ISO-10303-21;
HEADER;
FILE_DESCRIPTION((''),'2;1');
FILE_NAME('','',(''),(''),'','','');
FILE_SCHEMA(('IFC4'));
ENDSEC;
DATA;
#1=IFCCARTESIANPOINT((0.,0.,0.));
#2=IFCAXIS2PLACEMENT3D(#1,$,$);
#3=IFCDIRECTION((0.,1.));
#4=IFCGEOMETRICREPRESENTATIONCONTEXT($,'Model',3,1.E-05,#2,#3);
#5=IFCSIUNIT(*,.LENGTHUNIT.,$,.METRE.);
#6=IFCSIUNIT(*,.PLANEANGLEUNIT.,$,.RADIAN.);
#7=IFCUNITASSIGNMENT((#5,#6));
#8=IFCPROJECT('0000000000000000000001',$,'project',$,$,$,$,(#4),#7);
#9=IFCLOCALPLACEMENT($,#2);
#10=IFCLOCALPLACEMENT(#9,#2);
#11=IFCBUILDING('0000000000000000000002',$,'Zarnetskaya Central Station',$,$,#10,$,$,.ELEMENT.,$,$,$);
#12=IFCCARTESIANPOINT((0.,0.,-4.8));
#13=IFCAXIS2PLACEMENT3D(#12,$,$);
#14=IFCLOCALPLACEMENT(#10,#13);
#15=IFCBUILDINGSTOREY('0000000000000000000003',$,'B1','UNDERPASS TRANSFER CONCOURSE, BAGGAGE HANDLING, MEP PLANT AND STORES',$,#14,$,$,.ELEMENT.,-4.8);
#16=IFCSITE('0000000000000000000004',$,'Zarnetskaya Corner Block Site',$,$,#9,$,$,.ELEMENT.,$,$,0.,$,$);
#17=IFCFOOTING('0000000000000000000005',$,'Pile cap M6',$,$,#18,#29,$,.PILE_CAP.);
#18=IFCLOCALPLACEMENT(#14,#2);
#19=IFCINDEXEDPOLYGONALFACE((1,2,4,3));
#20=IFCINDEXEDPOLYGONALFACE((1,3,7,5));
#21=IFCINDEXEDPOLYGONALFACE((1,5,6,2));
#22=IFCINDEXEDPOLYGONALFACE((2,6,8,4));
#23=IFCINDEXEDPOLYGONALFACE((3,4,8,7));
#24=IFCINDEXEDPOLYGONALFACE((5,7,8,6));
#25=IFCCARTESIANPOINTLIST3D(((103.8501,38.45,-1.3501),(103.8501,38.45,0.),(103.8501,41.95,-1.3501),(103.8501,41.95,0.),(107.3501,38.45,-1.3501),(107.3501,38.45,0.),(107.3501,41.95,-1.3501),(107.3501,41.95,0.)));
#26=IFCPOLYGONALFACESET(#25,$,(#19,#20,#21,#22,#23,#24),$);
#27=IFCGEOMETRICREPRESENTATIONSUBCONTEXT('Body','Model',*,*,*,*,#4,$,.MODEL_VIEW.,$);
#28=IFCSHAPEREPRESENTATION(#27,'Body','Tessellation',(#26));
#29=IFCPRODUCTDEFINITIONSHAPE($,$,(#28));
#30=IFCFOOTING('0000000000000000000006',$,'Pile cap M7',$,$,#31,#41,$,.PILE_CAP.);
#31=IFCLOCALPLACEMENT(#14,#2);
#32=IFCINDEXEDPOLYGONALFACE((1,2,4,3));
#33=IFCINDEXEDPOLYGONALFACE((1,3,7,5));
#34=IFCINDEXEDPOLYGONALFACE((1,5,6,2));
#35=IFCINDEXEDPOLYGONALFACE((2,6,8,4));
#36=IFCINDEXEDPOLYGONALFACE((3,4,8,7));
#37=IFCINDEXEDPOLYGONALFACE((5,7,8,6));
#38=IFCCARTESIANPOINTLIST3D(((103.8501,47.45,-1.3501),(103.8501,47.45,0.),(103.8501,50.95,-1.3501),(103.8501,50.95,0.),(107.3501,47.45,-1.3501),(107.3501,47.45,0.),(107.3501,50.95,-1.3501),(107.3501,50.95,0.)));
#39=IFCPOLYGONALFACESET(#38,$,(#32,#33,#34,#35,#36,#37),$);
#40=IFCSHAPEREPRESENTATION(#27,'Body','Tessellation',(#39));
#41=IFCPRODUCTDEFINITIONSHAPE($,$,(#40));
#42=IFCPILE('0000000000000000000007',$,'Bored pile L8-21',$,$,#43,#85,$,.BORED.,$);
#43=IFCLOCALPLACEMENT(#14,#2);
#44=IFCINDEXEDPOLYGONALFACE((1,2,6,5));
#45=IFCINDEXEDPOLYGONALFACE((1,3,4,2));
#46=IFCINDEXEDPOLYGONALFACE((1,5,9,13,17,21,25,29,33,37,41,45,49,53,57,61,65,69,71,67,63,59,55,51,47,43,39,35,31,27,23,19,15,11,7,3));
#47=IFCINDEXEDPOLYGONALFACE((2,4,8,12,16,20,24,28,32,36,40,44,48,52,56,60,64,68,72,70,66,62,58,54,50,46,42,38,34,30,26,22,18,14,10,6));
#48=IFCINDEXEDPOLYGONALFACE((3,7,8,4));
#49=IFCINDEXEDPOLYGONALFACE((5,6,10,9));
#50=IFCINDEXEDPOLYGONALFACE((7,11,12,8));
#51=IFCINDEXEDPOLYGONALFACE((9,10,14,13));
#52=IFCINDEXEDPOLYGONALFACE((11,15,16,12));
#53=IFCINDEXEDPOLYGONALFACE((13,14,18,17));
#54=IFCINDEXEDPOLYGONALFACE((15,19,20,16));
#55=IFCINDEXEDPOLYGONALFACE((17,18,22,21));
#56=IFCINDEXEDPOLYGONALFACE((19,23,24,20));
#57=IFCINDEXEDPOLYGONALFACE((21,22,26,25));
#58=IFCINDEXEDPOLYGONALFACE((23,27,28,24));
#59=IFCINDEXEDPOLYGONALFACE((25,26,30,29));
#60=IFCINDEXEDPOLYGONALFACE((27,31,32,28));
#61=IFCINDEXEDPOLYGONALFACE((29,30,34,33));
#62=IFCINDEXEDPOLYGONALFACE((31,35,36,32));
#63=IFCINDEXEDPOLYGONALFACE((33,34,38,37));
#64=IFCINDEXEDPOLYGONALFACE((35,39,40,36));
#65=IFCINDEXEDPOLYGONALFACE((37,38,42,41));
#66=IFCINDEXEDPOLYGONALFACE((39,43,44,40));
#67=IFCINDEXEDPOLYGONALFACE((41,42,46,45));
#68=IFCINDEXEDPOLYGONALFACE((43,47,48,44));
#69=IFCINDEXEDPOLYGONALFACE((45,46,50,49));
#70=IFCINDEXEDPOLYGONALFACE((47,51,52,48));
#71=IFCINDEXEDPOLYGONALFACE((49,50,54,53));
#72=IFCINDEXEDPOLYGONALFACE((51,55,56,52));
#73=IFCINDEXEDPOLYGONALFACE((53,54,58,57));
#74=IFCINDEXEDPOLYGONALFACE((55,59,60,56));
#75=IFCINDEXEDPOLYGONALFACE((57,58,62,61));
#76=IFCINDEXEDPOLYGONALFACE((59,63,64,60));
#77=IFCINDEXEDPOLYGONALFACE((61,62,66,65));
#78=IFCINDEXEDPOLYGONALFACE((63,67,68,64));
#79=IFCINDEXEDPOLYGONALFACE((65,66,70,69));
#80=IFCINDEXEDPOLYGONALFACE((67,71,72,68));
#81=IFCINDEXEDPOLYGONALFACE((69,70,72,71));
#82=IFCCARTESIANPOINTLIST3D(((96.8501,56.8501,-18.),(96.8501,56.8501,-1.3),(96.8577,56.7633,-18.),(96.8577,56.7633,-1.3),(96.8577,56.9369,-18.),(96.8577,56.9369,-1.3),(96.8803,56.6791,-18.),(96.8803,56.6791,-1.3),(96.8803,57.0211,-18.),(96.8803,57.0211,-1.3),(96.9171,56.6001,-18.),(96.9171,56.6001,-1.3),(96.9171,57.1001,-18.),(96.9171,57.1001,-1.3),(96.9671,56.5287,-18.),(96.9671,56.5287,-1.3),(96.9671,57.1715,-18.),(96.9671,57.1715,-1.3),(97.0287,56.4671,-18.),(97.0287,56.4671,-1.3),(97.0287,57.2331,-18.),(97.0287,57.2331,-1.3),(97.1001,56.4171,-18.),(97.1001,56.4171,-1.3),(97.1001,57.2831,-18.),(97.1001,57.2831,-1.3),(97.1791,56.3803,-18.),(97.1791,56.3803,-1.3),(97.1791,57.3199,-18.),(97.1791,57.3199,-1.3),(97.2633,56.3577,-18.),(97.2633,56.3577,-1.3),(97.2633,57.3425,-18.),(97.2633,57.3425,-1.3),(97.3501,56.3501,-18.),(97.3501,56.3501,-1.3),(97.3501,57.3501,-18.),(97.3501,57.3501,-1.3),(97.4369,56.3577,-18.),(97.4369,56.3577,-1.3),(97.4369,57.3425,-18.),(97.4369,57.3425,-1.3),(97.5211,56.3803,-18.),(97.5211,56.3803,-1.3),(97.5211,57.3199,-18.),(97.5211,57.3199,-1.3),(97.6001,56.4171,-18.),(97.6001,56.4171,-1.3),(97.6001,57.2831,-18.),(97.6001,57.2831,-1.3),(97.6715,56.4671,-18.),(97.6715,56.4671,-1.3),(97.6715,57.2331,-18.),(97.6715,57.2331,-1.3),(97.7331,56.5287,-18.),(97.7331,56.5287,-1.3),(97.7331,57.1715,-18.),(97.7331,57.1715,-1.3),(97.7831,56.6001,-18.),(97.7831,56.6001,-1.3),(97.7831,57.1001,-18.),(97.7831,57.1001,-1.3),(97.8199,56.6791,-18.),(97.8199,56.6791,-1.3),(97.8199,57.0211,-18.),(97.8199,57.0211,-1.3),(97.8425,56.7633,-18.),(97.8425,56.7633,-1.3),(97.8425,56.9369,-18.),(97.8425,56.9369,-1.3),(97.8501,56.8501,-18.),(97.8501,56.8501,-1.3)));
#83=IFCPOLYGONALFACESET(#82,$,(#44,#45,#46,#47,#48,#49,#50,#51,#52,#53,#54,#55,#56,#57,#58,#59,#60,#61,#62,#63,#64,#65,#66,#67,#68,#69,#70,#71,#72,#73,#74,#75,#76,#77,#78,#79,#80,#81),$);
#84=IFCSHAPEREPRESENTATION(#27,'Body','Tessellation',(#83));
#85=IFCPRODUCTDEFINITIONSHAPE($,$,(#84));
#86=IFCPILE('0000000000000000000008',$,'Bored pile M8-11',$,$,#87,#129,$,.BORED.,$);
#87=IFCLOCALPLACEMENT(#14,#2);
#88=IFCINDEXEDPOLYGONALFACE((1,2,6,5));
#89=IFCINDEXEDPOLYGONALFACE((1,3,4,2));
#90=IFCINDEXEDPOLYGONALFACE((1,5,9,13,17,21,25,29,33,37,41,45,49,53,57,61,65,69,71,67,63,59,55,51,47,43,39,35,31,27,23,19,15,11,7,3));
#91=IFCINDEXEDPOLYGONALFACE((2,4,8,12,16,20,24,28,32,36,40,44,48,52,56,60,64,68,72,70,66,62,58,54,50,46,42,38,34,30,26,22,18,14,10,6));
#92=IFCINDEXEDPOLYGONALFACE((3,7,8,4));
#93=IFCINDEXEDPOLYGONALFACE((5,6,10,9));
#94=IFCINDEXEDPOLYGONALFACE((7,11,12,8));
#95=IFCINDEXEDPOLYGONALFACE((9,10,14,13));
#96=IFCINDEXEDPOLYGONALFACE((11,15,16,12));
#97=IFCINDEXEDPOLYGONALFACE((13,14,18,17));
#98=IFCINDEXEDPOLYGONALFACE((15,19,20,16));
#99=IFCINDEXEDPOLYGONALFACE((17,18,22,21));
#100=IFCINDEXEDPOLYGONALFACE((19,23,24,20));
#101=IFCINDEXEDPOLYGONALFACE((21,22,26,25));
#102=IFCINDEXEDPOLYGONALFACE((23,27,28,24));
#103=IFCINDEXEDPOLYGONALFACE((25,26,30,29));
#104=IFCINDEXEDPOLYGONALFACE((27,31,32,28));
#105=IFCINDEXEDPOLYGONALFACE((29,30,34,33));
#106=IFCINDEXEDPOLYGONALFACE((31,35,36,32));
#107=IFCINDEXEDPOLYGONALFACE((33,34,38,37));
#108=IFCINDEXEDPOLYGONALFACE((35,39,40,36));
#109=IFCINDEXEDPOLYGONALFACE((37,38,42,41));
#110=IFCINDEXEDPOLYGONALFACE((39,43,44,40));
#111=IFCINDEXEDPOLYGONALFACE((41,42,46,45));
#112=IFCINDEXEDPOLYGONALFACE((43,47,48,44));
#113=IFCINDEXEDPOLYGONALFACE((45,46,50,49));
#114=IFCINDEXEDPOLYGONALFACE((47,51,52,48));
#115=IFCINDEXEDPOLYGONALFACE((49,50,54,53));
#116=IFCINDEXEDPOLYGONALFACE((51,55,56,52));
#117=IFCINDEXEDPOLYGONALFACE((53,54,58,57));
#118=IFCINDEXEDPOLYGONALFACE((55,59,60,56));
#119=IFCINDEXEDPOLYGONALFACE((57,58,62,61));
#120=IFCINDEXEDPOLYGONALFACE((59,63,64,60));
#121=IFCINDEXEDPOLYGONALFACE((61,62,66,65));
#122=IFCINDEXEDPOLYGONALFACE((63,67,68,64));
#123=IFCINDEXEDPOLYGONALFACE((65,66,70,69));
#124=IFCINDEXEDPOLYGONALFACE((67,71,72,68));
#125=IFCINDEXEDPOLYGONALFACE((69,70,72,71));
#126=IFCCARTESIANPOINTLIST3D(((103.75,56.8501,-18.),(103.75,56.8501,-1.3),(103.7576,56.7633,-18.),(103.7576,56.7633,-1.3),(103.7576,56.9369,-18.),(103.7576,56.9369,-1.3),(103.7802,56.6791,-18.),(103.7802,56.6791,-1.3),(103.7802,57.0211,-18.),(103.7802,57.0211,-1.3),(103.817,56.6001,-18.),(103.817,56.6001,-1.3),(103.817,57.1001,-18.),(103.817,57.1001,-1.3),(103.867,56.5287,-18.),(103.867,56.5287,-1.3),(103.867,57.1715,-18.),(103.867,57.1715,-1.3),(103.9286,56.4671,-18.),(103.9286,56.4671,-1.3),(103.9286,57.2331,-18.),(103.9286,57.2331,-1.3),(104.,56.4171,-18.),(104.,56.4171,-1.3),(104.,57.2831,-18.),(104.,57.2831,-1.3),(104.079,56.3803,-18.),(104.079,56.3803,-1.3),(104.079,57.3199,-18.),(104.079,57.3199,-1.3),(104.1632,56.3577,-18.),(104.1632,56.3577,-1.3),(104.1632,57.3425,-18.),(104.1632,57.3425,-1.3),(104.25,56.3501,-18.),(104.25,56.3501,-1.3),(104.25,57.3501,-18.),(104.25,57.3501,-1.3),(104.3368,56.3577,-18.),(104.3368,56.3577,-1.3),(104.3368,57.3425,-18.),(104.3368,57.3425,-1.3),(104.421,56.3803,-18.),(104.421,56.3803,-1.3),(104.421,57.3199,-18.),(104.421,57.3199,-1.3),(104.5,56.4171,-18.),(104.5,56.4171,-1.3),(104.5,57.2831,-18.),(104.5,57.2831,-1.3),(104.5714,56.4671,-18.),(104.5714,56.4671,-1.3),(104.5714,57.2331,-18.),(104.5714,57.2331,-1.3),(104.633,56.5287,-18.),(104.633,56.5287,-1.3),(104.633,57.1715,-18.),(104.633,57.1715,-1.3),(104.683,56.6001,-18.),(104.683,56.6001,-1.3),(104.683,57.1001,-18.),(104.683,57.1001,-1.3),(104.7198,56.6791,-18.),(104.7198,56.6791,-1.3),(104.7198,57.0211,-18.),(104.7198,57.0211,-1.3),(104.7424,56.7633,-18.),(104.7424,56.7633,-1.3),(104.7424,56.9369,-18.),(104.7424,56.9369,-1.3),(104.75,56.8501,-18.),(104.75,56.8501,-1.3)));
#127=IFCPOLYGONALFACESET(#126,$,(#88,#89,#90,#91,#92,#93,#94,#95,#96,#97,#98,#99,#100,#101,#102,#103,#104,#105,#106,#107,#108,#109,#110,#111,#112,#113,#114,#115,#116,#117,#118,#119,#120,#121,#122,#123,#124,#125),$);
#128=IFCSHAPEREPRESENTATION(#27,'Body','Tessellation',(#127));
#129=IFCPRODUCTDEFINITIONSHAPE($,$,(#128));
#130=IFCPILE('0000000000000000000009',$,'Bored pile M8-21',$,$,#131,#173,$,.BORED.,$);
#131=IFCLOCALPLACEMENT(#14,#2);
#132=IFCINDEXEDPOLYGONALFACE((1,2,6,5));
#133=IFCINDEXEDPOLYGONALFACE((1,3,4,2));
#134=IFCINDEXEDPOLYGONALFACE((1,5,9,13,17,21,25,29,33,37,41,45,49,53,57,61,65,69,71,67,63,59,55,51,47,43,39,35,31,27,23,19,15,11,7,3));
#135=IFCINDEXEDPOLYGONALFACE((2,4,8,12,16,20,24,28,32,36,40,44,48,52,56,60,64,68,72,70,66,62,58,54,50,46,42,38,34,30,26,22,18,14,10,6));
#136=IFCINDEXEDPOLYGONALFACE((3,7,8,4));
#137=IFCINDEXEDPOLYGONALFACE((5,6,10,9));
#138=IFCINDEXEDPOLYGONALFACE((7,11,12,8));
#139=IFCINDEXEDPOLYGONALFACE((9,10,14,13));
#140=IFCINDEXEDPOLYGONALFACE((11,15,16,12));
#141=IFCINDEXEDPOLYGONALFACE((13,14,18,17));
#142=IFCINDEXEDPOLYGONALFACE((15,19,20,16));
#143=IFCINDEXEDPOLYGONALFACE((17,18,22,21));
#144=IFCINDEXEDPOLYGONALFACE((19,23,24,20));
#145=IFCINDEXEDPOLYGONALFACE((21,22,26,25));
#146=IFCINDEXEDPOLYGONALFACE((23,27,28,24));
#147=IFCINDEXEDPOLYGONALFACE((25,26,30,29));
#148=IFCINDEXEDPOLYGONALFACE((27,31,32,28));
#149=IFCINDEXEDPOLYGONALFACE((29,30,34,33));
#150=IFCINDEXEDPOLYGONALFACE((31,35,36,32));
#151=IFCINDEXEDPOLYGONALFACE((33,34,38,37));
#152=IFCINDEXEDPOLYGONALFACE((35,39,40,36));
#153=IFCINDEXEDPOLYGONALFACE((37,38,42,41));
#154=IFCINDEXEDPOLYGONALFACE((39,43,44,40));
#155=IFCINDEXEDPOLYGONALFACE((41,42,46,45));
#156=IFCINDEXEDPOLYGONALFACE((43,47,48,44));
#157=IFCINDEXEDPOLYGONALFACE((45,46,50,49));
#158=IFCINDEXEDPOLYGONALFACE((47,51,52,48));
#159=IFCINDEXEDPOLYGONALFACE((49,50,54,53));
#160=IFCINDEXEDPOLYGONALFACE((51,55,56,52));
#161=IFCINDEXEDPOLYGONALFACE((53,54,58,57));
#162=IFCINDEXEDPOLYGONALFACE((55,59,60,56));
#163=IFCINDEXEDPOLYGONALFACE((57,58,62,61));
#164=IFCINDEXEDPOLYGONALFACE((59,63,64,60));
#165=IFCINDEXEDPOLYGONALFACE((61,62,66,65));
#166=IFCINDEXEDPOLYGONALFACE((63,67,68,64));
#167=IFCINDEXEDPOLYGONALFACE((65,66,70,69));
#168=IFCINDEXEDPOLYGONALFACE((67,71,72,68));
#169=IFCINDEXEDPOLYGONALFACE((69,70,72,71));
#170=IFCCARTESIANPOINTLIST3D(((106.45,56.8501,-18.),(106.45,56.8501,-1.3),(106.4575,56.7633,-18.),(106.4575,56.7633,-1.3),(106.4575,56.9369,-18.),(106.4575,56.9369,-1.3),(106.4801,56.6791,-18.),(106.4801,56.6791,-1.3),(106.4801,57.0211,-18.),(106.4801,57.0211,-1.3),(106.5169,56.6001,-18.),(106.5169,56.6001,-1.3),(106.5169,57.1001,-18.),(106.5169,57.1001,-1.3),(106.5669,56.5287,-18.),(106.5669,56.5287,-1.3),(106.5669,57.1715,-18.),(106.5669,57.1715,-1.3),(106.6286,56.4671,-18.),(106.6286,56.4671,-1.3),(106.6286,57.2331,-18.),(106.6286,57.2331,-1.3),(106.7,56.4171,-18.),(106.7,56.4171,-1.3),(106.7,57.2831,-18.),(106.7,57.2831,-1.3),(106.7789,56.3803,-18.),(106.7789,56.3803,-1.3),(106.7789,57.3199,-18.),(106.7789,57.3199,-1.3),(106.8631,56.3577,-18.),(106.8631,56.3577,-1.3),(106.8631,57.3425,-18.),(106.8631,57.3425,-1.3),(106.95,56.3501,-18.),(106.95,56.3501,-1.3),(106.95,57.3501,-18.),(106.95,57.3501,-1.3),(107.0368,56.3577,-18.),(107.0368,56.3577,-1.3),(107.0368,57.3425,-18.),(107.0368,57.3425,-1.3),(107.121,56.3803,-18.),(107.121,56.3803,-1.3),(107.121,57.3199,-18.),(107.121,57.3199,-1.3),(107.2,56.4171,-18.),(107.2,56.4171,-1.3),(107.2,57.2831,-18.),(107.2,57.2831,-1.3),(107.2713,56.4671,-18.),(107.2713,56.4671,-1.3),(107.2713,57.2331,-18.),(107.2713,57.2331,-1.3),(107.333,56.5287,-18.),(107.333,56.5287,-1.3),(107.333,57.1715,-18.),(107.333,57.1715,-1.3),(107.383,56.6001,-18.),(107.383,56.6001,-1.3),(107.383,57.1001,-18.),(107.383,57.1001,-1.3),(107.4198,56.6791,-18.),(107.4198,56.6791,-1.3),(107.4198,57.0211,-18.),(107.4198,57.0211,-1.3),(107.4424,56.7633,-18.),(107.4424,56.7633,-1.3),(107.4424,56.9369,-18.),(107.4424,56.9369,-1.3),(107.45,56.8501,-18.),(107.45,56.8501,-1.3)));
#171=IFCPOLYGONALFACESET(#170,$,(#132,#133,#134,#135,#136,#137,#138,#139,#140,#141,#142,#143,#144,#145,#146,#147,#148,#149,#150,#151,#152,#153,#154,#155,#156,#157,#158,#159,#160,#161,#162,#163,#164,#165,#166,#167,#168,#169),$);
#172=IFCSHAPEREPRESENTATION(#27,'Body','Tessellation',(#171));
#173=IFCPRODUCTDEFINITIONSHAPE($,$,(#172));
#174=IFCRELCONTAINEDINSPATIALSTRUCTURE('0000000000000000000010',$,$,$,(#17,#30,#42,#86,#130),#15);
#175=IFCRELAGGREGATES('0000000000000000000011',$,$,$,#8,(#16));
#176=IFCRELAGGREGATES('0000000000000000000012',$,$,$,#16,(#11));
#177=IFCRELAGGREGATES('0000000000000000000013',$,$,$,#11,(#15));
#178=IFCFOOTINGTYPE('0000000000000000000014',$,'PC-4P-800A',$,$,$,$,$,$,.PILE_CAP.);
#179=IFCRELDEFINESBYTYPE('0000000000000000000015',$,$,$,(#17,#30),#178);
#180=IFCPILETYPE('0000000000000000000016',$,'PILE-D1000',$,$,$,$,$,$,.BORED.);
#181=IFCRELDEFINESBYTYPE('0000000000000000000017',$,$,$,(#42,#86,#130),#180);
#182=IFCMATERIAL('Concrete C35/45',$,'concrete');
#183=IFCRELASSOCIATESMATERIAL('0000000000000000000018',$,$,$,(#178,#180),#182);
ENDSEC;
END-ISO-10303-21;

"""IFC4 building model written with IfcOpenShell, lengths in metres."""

from ifc_helpers import new_model, si_unit, direction, frame, origin, origin_2d, place, context, subcontext, project, spatial, rectangle, circle, extrude, material, material_profile, profile_set, type_object, element, save


model = new_model("IFC4")

# Units and contexts
model_context = context("Model", 3, precision=1e-05, world=origin(), true_north=direction((0.0, 1.0)))
body_context = subcontext(model_context, "Body", "Model", "MODEL_VIEW")
ifc_project = project(units=[si_unit("LENGTHUNIT", "METRE"), si_unit("PLANEANGLEUNIT", "RADIAN")], contexts=[model_context])

# Site, building, storey
site_placement = place(None, origin())
site = spatial("IfcSite", under=ifc_project, at=site_placement, Name="Zarnetskaya Corner Block Site", CompositionType="ELEMENT", RefElevation=0.0)
building_placement = place(site_placement, origin())
building = spatial("IfcBuilding", under=site, at=building_placement, Name="Zarnetskaya Central Station", CompositionType="ELEMENT")
storey_placement = place(building_placement, frame((0.0, 0.0, -4.8)))
storey = spatial("IfcBuildingStorey", under=building, at=storey_placement, Name="B1", Description="UNDERPASS TRANSFER CONCOURSE, BAGGAGE HANDLING, MEP PLANT AND STORES", CompositionType="ELEMENT", Elevation=-4.8)

# Footings
ifc_material = material(Name="Concrete C35/45", Category="concrete")
footing_type = type_object("IfcFootingType", Name="PC-4P-800A", PredefinedType="PILE_CAP", material=ifc_material)
for number, where, z_axis, x_axis, name in (
    (1, (105.6001, 40.2, -1.3501), (0.0, 0.0, 1.0), (1.0, 0.0, 0.0), "Pile cap M6"),
    (2, (105.6001, 49.2, -1.3501), (0.0, 0.0, 1.0), (1.0, 0.0, 0.0), "Pile cap M7"),
):
    element("IfcFooting", number, at=place(storey_placement, frame(where, z_axis=z_axis, x_axis=x_axis)), inside=storey, type_object=footing_type, Name=name, PredefinedType="PILE_CAP", context=body_context, shape_type="SweptSolid", body=[
        extrude(rectangle(XDim=3.5, YDim=3.5, at=origin_2d()), origin(), (0.0, 0.0, 1.0), 1.3501),
    ])

# Piles
ifc_material_profile_1 = material_profile(ifc_material, circle(Radius=0.5, at=origin_2d()), Name="BORED PILE D1000")
ifc_profile_set_1 = profile_set([ifc_material_profile_1], Name="Concrete C35/45")
pile_type_1 = type_object("IfcPileType", Name="PILE-D1000", PredefinedType="BORED", material=ifc_profile_set_1)
for number, where, z_axis, x_axis, name in (
    (3, (97.3501, 56.8501, -1.3), (0.0, 0.0, -1.0), (1.0, 0.0, 0.0), "Bored pile L8-21"),
    (4, (104.25, 56.8501, -1.3), (0.0, 0.0, -1.0), (1.0, 0.0, 0.0), "Bored pile M8-11"),
    (5, (106.95, 56.8501, -1.3), (0.0, 0.0, -1.0), (1.0, 0.0, 0.0), "Bored pile M8-21"),
):
    element("IfcPile", number, at=place(storey_placement, frame(where, z_axis=z_axis, x_axis=x_axis)), inside=storey, type_object=pile_type_1, Name=name, PredefinedType="BORED", context=body_context, shape_type="SweptSolid", body=[
        extrude(circle(Radius=0.5, at=origin_2d()), origin(), (0.0, 0.0, 1.0), 16.7),
    ])

save(model, "model.ifc")
